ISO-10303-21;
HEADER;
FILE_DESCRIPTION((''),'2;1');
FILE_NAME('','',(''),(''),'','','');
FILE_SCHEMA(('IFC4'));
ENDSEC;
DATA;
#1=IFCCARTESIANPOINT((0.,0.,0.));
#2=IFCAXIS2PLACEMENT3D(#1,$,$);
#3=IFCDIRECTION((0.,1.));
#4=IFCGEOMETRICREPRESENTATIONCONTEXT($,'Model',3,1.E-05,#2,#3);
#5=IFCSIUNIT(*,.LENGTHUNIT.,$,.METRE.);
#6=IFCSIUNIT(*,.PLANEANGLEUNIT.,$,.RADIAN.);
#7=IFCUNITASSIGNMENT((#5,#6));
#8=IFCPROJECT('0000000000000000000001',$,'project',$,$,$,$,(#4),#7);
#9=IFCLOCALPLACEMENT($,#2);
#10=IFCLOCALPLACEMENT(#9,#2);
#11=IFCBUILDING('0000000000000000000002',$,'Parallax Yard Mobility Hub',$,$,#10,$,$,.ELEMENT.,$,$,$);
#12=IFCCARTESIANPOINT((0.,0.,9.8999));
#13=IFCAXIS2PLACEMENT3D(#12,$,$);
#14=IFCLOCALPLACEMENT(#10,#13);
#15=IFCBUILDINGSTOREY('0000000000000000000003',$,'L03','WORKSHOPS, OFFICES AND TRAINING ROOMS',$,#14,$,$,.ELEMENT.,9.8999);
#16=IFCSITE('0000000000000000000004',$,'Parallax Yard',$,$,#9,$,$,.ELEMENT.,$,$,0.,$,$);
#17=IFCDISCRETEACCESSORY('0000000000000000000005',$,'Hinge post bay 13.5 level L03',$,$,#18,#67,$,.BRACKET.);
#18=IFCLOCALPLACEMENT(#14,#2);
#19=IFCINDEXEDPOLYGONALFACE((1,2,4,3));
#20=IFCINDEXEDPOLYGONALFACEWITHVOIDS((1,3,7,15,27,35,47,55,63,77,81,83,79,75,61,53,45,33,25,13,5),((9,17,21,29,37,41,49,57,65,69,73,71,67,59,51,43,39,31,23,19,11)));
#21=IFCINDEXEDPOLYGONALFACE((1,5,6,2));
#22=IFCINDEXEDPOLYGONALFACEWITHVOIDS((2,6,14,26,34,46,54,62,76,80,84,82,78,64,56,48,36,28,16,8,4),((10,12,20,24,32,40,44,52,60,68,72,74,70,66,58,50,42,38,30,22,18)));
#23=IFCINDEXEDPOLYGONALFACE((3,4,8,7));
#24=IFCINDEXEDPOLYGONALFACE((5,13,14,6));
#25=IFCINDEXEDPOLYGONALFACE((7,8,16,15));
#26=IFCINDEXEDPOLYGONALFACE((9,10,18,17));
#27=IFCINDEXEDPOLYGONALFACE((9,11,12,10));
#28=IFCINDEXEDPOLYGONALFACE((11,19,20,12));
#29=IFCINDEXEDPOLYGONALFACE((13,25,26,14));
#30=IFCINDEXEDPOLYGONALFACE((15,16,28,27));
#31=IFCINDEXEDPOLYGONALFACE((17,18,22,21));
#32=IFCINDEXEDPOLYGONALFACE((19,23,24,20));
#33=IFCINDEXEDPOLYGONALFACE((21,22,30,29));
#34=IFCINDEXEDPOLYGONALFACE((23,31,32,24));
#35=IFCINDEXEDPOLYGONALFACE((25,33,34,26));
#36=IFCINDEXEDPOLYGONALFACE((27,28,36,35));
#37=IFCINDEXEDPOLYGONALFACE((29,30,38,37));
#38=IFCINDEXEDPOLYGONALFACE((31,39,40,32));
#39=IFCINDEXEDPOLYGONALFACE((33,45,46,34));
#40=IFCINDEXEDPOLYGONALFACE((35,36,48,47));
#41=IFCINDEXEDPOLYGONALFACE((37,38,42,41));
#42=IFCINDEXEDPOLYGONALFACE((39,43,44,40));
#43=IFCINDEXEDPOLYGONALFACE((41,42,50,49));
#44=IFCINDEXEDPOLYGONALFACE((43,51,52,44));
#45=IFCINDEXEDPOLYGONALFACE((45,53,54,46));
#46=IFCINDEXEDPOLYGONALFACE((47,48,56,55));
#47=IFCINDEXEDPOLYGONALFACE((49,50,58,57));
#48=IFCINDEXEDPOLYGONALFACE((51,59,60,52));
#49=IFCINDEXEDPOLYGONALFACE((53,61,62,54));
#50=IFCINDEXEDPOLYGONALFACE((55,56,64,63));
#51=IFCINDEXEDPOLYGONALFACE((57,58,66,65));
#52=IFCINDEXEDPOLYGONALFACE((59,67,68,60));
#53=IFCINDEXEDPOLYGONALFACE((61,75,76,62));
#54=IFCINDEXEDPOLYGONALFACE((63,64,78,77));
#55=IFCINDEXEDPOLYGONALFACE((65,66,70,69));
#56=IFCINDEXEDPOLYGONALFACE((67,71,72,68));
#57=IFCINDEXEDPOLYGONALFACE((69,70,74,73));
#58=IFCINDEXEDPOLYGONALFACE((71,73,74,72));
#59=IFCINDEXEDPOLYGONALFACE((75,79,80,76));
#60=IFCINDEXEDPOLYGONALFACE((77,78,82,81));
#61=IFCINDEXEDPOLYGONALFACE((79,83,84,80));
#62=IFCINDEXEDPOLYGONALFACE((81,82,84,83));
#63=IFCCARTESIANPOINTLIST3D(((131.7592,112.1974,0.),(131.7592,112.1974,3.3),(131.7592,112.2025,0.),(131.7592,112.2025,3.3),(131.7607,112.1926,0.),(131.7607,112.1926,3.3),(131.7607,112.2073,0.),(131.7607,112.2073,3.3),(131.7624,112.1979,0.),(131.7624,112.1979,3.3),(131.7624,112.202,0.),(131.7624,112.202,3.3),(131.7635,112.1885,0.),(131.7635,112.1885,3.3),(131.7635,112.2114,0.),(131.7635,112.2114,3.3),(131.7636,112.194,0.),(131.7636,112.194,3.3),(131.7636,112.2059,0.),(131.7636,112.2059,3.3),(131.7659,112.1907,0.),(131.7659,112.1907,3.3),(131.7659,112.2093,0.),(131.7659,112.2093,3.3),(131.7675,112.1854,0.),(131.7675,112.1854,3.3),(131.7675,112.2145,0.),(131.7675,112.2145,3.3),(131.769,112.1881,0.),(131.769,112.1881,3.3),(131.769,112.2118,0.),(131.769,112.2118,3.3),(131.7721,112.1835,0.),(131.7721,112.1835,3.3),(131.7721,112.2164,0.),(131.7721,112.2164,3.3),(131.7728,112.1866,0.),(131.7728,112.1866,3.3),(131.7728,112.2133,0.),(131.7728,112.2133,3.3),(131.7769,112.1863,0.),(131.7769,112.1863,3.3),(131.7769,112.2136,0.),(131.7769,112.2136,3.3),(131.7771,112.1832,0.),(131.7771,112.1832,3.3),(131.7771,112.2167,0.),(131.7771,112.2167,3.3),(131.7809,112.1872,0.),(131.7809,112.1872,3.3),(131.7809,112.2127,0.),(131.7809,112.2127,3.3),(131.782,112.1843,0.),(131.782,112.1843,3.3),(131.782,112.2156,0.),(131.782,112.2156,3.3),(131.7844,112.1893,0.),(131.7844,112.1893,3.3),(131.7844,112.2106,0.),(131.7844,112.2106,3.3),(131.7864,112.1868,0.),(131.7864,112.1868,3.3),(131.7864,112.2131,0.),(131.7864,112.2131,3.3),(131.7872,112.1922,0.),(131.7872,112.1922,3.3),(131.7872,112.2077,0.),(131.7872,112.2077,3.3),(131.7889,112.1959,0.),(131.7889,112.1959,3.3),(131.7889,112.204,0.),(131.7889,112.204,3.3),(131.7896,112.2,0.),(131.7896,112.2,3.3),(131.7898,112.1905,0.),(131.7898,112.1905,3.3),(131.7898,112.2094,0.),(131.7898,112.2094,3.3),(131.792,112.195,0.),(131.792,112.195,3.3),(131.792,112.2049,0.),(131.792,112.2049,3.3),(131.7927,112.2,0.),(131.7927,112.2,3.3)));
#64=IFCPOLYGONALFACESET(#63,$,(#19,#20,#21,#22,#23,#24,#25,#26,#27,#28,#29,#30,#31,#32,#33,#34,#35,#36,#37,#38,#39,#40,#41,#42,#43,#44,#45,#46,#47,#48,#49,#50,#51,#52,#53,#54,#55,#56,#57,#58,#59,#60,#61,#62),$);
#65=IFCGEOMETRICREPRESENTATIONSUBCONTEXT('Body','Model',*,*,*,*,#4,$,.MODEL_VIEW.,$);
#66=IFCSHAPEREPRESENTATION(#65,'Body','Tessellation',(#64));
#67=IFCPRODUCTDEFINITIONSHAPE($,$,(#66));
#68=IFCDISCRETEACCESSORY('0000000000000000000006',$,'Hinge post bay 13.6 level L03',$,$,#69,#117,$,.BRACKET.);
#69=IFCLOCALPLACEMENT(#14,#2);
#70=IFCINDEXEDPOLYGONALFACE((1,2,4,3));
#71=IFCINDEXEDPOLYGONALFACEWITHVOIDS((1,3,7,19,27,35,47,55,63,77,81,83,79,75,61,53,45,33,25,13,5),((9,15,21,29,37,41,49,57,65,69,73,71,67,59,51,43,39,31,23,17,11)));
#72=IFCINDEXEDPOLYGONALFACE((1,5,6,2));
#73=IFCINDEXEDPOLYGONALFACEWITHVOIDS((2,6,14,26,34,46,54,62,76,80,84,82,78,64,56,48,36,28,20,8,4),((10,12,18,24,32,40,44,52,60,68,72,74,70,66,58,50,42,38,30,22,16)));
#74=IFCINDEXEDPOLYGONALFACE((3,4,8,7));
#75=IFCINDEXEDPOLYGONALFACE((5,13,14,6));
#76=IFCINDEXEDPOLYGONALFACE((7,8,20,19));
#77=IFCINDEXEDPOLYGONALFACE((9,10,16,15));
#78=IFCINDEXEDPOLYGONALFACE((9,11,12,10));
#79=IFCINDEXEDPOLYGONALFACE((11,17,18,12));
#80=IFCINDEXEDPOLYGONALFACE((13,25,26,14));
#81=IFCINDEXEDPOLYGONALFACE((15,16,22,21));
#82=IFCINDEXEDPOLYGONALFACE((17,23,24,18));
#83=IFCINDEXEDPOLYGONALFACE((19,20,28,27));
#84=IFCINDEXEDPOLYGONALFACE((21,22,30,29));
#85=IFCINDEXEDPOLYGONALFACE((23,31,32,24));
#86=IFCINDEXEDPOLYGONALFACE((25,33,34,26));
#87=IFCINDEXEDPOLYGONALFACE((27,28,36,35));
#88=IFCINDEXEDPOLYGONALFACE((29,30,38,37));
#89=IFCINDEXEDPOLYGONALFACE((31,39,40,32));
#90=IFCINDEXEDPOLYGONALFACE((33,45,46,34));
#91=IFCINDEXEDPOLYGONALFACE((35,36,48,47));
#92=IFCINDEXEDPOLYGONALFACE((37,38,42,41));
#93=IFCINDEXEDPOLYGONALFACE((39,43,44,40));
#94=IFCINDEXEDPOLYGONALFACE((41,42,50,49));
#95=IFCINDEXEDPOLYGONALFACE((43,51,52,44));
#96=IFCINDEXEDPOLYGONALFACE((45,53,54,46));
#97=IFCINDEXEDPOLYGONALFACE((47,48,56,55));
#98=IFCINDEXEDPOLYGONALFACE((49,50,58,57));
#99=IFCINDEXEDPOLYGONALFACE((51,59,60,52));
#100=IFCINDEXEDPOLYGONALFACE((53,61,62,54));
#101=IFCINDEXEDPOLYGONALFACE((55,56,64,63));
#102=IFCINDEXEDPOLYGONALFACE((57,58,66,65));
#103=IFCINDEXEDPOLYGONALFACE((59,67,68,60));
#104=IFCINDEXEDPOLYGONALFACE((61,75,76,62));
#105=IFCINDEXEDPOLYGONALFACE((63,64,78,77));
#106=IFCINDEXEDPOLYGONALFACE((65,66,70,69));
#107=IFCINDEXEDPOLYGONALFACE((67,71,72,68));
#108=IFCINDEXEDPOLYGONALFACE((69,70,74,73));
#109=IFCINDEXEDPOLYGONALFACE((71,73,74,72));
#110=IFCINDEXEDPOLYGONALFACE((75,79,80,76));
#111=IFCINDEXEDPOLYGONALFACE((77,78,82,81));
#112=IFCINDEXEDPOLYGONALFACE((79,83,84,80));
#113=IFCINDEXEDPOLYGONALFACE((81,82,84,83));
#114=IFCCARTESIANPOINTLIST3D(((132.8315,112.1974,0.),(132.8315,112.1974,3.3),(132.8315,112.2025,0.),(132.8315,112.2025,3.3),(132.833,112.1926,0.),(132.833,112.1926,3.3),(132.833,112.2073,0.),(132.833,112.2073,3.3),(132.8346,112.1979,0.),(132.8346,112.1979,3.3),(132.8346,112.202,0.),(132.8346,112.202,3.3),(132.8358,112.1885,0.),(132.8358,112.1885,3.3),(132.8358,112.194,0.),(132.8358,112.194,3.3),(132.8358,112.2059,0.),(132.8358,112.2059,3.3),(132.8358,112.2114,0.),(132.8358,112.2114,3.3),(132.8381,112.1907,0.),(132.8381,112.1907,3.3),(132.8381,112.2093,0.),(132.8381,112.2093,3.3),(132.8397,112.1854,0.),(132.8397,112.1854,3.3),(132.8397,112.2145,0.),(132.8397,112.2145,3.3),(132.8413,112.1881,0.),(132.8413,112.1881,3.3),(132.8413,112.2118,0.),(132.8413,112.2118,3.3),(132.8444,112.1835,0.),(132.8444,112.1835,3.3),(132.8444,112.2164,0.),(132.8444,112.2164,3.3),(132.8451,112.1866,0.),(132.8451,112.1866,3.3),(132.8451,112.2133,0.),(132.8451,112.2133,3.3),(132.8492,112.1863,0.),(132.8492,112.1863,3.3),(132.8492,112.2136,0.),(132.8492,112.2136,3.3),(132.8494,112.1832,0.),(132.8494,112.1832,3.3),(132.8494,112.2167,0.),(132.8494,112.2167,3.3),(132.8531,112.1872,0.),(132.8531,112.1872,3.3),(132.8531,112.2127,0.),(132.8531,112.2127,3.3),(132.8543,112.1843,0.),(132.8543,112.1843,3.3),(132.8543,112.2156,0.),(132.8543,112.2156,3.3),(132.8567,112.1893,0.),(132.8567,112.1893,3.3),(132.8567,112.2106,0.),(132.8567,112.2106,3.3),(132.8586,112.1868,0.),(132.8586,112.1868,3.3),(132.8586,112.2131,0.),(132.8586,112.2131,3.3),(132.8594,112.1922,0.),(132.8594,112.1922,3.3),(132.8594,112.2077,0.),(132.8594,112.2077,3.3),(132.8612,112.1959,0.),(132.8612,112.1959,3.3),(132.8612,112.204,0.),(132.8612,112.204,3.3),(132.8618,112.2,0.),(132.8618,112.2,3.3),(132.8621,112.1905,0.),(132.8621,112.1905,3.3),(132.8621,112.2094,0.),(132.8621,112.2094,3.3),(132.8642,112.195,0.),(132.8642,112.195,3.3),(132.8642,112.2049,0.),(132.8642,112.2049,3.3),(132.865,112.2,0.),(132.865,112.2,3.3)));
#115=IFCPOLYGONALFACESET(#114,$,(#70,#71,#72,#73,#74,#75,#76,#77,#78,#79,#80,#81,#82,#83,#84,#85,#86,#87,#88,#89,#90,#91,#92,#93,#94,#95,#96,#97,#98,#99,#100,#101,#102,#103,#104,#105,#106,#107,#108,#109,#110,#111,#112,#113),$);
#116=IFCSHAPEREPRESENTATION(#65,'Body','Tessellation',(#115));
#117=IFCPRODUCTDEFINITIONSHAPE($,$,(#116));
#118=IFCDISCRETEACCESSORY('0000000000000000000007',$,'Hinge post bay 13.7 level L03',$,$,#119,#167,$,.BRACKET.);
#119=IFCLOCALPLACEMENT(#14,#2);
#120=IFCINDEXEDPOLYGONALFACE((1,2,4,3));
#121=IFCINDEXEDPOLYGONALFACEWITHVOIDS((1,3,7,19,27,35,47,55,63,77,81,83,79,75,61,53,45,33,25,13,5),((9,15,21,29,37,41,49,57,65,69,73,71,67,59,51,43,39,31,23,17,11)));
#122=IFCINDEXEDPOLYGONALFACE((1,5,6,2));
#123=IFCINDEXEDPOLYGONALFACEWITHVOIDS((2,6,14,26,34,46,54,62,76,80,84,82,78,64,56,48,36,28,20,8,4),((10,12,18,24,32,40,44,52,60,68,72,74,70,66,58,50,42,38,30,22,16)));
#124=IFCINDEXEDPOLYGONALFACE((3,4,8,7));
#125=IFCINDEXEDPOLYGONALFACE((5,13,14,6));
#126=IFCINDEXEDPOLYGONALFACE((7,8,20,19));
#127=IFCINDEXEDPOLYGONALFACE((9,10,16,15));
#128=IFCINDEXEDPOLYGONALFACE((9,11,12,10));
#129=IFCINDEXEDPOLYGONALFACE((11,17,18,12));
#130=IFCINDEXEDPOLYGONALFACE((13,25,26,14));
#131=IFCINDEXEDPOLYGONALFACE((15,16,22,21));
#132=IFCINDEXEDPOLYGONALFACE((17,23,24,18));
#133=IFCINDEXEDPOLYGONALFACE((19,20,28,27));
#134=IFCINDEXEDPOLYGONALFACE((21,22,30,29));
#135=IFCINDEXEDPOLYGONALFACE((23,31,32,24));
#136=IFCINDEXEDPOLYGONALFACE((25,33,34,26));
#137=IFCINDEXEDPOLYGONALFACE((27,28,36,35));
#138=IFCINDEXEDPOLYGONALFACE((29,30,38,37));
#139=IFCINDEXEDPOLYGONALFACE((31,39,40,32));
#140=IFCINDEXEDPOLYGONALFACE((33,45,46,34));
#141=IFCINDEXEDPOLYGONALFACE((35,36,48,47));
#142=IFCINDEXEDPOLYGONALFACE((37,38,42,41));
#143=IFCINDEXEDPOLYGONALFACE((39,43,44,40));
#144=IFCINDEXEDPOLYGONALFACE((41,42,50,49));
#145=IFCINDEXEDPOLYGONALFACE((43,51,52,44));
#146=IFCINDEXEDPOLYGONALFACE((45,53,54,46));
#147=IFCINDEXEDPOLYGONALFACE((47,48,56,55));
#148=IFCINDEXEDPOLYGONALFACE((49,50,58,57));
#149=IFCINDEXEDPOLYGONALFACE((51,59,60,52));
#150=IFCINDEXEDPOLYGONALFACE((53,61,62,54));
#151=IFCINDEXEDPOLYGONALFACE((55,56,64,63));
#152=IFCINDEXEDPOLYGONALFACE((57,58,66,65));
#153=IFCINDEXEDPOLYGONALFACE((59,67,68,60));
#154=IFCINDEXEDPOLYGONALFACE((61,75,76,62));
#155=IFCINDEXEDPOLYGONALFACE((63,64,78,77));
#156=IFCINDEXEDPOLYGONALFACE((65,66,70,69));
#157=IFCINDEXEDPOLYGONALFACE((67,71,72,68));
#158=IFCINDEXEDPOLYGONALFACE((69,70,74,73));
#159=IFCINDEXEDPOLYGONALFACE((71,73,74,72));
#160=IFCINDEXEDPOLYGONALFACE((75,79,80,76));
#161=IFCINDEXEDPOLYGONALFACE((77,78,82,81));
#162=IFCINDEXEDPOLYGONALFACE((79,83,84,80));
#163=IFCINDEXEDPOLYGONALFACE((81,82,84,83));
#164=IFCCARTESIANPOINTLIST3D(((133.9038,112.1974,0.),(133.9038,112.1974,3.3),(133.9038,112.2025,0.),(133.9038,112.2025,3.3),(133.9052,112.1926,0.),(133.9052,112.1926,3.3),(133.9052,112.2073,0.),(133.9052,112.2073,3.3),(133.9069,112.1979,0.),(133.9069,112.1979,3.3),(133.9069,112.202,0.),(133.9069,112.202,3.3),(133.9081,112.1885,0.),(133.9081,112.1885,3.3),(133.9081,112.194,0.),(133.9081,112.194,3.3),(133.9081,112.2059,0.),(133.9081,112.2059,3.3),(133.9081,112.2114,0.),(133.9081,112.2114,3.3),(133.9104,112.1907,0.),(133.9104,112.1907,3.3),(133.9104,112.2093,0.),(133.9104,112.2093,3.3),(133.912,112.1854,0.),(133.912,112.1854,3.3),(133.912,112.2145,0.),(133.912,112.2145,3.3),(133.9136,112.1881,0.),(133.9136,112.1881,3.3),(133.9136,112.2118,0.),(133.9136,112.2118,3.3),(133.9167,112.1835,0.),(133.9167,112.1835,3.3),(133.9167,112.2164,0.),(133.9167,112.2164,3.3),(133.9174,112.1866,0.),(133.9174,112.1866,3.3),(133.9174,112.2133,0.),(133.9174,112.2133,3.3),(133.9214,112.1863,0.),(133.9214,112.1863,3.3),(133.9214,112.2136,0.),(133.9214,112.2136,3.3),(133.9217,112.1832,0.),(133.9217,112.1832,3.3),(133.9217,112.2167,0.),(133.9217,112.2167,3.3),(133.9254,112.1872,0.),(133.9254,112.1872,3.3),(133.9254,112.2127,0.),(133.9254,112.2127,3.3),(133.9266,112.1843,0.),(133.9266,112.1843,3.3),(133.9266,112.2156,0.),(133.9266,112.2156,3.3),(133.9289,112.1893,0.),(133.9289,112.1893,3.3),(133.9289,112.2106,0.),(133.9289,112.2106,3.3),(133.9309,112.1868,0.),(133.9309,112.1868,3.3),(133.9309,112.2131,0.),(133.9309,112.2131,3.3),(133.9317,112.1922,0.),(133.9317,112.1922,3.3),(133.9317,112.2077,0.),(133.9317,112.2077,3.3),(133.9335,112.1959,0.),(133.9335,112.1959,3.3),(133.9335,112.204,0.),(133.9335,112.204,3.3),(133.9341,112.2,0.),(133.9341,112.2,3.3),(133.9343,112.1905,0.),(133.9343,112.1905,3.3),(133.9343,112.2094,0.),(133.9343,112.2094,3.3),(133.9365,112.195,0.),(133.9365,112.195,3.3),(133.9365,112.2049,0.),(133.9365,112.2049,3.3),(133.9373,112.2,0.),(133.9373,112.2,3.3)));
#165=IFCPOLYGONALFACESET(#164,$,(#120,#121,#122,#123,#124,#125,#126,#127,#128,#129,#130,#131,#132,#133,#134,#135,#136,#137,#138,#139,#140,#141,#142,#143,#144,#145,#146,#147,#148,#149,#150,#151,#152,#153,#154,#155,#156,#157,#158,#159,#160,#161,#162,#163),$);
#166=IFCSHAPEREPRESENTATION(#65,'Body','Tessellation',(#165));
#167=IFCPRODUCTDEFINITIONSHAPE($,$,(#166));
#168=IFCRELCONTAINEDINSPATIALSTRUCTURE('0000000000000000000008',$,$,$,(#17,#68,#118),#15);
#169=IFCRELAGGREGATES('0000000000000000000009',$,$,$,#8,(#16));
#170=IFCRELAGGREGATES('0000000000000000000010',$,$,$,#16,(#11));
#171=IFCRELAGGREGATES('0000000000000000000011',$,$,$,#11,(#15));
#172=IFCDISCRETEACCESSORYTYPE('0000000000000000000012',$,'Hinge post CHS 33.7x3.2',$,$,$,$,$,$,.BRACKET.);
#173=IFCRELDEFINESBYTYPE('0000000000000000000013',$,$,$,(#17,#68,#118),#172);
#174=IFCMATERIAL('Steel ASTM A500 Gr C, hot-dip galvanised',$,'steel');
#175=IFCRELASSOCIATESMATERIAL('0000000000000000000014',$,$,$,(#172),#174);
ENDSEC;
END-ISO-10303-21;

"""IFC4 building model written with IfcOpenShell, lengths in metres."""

from ifc_helpers import new_model, si_unit, direction, frame, origin, origin_2d, place, context, subcontext, project, spatial, hollow_circle, extrude, material, material_profile, profile_set, type_object, element, save


model = new_model("IFC4")

# Units and contexts
model_context = context("Model", 3, precision=1e-05, world=origin(), true_north=direction((0.0, 1.0)))
body_context = subcontext(model_context, "Body", "Model", "MODEL_VIEW")
ifc_project = project(units=[si_unit("LENGTHUNIT", "METRE"), si_unit("PLANEANGLEUNIT", "RADIAN")], contexts=[model_context])

# Site, building, storey
site_placement = place(None, origin())
site = spatial("IfcSite", under=ifc_project, at=site_placement, Name="Parallax Yard", CompositionType="ELEMENT", RefElevation=0.0)
building_placement = place(site_placement, origin())
building = spatial("IfcBuilding", under=site, at=building_placement, Name="Parallax Yard Mobility Hub", CompositionType="ELEMENT")
storey_placement = place(building_placement, frame((0.0, 0.0, 9.8999)))
storey = spatial("IfcBuildingStorey", under=building, at=storey_placement, Name="L03", Description="WORKSHOPS, OFFICES AND TRAINING ROOMS", CompositionType="ELEMENT", Elevation=9.8999)

# Discrete accessories
ifc_material_1 = material(Name="Steel ASTM A500 Gr C, hot-dip galvanised", Category="steel")
ifc_material_profile_1 = material_profile(ifc_material_1, hollow_circle(Radius=0.0168, WallThickness=0.0032, at=origin_2d()), Name="CHS 33.7x3.2")
ifc_profile_set_1 = profile_set([ifc_material_profile_1], Name="Steel ASTM A500 Gr C, hot-dip galvanised")
discrete_accessory_type_1 = type_object("IfcDiscreteAccessoryType", Name="Hinge post CHS 33.7x3.2", PredefinedType="BRACKET", material=ifc_profile_set_1)
for number, where, z_axis, x_axis, name in (
    (1, (131.7759, 112.2, 0.0), (0.0, 0.0, 1.0), (1.0, 0.0, 0.0), "Hinge post bay 13.5 level L03"),
    (2, (132.8481, 112.2, 0.0), (0.0, 0.0, 1.0), (1.0, 0.0, 0.0), "Hinge post bay 13.6 level L03"),
    (3, (133.9204, 112.2, 0.0), (0.0, 0.0, 1.0), (1.0, 0.0, 0.0), "Hinge post bay 13.7 level L03"),
):
    element("IfcDiscreteAccessory", number, at=place(storey_placement, frame(where, z_axis=z_axis, x_axis=x_axis)), inside=storey, type_object=discrete_accessory_type_1, Name=name, PredefinedType="BRACKET", context=body_context, shape_type="SweptSolid", body=[
        extrude(hollow_circle(Radius=0.0168, WallThickness=0.0032, at=origin_2d()), origin(), (0.0, 0.0, 1.0), 3.3),
    ])

save(model, "model.ifc")
